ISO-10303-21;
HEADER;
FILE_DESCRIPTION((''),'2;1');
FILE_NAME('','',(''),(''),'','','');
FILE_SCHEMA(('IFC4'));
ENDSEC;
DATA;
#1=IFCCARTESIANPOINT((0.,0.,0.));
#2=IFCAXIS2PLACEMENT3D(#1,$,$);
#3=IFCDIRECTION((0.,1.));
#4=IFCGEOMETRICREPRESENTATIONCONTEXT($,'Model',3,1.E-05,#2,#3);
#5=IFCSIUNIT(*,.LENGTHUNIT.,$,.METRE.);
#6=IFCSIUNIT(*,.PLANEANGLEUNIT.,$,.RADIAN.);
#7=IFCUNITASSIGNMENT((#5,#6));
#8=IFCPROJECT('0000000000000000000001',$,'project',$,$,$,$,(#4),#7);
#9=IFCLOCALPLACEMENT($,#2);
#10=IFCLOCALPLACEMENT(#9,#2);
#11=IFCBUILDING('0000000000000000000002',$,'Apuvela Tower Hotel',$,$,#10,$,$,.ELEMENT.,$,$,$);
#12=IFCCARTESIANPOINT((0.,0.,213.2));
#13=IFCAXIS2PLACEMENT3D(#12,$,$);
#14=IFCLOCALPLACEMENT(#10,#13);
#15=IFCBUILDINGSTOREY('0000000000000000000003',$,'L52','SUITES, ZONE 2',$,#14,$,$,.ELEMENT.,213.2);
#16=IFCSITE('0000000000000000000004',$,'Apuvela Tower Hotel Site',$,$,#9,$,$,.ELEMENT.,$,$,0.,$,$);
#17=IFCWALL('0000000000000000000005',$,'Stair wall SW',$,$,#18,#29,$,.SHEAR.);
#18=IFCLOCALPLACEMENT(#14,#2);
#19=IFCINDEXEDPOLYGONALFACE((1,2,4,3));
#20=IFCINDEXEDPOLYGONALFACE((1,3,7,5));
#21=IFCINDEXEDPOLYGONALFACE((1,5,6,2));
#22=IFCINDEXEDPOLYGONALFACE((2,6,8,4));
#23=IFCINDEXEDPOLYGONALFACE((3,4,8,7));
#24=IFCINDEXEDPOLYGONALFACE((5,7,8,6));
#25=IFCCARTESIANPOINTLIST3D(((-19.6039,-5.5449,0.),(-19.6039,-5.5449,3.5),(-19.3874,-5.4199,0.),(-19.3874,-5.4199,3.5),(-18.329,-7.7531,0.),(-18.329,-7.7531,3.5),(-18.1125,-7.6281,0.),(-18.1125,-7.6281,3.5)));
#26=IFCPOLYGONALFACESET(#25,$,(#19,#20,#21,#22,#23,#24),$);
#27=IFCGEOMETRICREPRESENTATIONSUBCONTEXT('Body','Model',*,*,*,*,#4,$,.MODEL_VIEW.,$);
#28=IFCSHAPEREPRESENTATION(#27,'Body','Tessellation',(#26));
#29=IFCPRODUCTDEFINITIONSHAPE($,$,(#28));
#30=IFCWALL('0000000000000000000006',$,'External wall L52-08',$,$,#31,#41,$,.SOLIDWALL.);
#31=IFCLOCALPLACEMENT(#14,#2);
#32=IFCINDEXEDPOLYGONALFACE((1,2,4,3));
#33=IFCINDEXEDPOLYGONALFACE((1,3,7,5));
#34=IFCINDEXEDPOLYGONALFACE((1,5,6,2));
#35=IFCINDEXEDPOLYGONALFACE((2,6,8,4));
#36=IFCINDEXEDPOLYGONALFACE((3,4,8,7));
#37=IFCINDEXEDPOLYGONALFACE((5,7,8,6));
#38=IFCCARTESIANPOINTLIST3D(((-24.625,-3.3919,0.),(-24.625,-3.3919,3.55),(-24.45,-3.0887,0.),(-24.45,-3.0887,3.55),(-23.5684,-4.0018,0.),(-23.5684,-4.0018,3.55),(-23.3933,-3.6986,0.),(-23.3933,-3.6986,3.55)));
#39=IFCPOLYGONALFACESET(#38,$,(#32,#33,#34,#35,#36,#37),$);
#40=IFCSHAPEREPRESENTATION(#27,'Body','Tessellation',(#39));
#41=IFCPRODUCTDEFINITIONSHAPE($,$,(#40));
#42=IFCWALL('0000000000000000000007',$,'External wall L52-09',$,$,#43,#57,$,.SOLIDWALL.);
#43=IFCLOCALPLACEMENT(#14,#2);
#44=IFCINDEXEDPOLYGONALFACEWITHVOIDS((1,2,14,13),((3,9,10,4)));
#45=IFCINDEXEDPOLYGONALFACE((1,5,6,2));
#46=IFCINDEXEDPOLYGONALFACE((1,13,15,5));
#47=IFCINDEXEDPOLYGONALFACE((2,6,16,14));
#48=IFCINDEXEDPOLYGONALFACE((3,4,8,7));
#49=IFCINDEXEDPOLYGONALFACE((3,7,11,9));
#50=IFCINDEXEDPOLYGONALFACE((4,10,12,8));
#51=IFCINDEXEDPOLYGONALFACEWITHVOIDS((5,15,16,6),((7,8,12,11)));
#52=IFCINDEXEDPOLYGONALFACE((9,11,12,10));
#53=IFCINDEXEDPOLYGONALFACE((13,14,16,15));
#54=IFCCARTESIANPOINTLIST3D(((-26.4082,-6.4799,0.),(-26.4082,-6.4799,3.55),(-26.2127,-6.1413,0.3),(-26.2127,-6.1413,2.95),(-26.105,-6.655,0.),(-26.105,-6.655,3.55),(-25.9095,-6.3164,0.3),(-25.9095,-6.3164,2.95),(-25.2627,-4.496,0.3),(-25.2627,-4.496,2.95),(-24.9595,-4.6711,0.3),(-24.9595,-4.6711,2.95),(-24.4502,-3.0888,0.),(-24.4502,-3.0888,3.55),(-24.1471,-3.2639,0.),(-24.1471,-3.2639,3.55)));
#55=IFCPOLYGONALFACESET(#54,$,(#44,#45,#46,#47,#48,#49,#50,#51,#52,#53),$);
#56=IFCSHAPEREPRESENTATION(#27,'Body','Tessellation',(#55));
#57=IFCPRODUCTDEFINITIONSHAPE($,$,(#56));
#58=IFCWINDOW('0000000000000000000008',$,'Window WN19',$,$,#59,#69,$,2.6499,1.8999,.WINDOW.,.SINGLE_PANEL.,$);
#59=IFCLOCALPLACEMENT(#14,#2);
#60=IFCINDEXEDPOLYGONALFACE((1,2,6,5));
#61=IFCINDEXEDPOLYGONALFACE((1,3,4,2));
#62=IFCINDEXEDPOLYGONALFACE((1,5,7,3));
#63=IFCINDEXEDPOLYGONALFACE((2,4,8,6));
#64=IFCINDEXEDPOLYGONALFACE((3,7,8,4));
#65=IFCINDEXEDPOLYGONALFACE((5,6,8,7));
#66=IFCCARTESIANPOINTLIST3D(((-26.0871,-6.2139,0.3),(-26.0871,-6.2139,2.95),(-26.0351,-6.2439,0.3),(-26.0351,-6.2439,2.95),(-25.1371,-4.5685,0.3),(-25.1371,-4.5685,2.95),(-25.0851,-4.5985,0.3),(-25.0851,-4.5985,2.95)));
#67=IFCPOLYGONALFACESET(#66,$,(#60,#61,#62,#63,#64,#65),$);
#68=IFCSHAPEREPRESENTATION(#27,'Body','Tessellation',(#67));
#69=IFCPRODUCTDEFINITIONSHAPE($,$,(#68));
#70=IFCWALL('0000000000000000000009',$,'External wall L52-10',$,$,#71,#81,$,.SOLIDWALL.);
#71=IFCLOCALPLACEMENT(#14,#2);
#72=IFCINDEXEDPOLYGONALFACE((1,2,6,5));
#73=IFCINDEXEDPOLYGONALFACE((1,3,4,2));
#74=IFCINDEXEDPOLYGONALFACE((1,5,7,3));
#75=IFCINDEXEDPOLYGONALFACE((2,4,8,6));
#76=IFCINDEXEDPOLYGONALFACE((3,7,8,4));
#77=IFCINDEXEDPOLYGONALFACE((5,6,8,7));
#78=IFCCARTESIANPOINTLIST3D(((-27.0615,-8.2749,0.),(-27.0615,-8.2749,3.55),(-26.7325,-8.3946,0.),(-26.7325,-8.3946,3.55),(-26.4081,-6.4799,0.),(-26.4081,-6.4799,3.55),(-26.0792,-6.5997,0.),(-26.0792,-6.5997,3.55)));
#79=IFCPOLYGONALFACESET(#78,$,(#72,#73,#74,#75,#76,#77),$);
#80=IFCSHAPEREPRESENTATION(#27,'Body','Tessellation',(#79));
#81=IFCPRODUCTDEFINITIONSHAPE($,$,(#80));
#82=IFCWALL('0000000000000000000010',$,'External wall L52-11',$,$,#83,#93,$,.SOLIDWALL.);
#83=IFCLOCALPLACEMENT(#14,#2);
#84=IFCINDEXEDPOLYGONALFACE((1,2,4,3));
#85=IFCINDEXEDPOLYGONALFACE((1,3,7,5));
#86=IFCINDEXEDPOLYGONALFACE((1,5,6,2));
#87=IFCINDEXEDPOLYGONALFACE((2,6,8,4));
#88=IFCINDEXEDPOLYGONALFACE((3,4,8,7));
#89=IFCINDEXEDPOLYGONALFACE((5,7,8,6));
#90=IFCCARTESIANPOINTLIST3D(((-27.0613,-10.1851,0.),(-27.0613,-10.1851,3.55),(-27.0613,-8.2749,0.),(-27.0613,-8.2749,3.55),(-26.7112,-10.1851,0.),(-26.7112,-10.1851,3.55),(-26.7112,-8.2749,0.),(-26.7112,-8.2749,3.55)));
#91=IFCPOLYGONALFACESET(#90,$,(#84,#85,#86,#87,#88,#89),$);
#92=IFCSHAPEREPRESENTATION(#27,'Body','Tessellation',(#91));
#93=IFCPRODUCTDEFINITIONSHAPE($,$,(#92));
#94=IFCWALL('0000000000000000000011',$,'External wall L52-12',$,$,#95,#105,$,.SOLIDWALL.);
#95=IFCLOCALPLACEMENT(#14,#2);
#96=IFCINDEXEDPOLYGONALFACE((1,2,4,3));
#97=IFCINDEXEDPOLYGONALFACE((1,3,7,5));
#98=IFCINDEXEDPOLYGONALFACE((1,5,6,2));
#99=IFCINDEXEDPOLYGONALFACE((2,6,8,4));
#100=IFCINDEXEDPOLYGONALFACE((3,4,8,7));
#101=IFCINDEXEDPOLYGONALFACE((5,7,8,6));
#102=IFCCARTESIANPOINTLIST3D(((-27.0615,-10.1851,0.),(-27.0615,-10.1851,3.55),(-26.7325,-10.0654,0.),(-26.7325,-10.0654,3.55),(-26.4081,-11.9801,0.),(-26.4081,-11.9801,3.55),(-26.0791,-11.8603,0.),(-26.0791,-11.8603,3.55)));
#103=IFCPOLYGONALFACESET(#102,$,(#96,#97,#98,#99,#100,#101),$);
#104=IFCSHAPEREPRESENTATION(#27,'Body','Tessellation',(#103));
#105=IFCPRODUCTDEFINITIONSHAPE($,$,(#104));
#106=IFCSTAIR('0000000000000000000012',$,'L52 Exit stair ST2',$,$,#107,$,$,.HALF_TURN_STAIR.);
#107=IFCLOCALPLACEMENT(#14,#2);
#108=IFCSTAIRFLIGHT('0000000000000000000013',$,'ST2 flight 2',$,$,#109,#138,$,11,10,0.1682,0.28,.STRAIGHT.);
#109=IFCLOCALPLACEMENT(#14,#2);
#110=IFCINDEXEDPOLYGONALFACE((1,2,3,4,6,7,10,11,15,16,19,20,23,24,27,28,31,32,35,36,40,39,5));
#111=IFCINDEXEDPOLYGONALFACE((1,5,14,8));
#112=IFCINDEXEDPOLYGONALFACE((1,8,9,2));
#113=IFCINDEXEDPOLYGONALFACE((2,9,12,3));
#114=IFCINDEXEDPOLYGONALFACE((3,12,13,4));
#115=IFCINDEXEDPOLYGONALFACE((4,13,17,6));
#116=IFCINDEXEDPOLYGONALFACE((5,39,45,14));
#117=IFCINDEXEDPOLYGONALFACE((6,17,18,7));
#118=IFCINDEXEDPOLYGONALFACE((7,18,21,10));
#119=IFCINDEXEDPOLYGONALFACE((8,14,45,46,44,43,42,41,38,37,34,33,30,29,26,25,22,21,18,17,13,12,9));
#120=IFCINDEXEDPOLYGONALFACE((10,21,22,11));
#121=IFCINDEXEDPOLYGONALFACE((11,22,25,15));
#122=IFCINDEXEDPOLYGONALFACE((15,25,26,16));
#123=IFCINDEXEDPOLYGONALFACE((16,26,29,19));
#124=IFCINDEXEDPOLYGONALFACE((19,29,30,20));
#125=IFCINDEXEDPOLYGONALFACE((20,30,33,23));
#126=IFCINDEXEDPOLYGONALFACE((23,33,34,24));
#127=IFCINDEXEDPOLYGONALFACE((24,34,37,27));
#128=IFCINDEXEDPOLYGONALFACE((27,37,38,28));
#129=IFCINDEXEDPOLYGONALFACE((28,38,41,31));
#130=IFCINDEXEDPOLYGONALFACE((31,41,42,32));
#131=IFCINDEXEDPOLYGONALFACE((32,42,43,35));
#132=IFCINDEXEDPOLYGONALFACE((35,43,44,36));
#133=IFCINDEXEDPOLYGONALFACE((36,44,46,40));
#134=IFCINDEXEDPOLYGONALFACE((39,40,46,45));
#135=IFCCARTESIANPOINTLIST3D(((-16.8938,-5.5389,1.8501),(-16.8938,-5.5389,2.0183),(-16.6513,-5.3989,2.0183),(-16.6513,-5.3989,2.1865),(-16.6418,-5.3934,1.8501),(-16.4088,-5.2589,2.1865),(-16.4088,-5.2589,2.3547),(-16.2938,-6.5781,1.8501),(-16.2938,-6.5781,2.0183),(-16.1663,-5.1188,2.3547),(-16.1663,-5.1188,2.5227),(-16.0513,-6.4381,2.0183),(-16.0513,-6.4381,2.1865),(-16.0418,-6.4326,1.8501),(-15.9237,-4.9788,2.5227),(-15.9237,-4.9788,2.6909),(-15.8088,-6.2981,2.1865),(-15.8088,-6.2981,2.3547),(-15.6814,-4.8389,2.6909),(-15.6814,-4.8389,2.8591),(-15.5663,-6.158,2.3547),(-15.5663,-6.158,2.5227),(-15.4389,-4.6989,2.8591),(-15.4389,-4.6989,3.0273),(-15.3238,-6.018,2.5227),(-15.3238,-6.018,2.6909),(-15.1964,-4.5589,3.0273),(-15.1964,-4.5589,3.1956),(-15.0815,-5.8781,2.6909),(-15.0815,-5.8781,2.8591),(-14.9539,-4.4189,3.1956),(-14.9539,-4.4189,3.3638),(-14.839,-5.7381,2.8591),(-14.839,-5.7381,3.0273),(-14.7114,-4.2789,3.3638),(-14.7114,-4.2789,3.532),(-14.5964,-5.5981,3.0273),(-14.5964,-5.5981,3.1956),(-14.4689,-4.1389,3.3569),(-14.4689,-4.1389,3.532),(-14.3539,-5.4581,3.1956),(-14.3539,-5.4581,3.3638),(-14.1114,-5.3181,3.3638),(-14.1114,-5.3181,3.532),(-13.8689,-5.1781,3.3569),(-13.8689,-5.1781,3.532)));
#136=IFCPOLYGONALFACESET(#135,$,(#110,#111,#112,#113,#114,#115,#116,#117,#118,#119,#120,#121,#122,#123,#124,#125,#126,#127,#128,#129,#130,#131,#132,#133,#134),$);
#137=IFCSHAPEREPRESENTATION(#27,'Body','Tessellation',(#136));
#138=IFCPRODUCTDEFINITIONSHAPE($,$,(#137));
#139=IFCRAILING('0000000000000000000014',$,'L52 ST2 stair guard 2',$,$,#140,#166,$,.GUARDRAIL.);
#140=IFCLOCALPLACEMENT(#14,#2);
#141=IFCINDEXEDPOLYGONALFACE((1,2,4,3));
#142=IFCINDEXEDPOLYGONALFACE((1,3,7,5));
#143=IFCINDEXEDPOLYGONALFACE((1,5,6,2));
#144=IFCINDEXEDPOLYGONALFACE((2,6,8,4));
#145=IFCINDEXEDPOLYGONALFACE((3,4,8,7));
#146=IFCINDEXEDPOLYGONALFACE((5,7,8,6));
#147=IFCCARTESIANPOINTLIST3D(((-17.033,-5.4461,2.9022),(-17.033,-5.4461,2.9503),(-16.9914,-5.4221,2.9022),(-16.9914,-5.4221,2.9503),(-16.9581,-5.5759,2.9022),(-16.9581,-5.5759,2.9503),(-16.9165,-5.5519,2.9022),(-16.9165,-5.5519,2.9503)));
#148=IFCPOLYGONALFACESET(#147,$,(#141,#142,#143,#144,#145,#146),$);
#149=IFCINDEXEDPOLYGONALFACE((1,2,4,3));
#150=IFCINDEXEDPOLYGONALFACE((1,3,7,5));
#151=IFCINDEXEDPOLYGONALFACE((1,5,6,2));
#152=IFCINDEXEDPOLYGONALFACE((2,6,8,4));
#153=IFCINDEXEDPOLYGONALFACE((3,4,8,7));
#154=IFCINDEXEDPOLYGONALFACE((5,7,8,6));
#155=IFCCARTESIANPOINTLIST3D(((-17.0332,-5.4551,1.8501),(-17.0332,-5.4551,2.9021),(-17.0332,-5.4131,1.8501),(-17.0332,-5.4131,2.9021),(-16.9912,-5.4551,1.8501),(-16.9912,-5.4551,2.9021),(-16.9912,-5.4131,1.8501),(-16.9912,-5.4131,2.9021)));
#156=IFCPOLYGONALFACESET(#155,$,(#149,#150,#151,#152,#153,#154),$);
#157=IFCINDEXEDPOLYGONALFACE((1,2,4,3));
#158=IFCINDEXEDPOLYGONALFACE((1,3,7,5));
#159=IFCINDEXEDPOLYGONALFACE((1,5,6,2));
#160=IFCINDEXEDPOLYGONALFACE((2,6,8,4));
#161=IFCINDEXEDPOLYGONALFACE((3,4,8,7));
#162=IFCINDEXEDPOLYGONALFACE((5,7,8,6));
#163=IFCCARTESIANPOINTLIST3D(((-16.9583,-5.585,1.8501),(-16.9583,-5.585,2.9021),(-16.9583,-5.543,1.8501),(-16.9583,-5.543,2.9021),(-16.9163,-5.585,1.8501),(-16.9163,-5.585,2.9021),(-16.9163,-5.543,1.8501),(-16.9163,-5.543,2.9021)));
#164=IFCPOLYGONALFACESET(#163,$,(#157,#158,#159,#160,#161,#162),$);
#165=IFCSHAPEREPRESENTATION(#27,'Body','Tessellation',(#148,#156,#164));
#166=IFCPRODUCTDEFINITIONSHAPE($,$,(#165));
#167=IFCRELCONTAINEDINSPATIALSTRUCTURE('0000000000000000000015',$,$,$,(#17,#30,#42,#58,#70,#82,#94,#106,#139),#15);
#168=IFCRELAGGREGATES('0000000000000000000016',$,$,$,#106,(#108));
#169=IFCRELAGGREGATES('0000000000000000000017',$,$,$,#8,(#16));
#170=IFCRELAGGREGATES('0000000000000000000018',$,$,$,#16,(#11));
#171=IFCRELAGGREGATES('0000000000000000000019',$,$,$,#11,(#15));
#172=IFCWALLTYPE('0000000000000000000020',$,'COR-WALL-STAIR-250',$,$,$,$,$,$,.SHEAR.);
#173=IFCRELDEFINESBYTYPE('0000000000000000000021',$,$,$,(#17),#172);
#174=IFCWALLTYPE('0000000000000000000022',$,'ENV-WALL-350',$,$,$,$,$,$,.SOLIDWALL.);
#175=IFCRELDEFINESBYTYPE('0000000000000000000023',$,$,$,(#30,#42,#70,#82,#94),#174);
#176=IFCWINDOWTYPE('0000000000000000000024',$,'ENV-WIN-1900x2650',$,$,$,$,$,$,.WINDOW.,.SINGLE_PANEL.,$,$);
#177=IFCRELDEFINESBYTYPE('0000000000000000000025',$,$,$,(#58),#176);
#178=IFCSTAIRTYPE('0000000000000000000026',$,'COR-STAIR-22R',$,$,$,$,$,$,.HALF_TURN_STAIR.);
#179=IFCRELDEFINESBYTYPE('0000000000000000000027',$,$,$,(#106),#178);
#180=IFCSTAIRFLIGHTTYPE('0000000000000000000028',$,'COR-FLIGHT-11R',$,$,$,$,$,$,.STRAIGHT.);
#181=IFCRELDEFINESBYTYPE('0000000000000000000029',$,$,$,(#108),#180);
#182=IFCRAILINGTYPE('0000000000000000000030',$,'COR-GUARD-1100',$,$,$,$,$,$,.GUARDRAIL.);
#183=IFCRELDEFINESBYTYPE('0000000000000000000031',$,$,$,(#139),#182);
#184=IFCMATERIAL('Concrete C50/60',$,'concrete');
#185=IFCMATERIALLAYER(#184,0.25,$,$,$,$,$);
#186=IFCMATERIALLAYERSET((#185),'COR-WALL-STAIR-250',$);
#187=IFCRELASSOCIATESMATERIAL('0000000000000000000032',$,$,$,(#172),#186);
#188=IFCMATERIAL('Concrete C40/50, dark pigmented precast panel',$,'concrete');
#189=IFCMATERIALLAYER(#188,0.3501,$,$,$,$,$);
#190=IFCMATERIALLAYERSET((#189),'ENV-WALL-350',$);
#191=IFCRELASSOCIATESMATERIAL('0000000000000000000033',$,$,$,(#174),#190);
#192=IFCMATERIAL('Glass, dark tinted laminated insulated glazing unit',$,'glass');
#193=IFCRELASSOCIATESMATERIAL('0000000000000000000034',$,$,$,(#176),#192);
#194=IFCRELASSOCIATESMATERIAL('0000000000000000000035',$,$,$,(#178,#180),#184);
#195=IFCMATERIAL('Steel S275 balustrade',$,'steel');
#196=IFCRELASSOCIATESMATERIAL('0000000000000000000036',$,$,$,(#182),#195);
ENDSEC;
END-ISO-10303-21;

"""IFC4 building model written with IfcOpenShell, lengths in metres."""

from ifc_helpers import new_model, si_unit, direction, frame, frame_2d, origin, origin_2d, place, context, subcontext, project, spatial, polyline, rectangle, outline, extrude, material, layer, layer_set, type_object, element, fill, aggregate, save


model = new_model("IFC4")

# Units and contexts
model_context = context("Model", 3, precision=1e-05, world=origin(), true_north=direction((0.0, 1.0)))
body_context = subcontext(model_context, "Body", "Model", "MODEL_VIEW")
ifc_project = project(units=[si_unit("LENGTHUNIT", "METRE"), si_unit("PLANEANGLEUNIT", "RADIAN")], contexts=[model_context])

# Site, building, storey
site_placement = place(None, origin())
site = spatial("IfcSite", under=ifc_project, at=site_placement, Name="Apuvela Tower Hotel Site", CompositionType="ELEMENT", RefElevation=0.0)
building_placement = place(site_placement, origin())
building = spatial("IfcBuilding", under=site, at=building_placement, Name="Apuvela Tower Hotel", CompositionType="ELEMENT")
storey_placement = place(building_placement, frame((0.0, 0.0, 213.2)))
storey = spatial("IfcBuildingStorey", under=building, at=storey_placement, Name="L52", Description="SUITES, ZONE 2", CompositionType="ELEMENT", Elevation=213.2)

# Walls
ifc_material_1 = material(Name="Concrete C50/60", Category="concrete")
ifc_layer_1 = layer(ifc_material_1, 0.25)
ifc_layer_set_1 = layer_set([ifc_layer_1], Name="COR-WALL-STAIR-250")
wall_type_1 = type_object("IfcWallType", Name="COR-WALL-STAIR-250", PredefinedType="SHEAR", material=ifc_layer_set_1)
wall_1_placement = place(storey_placement, frame((-19.4956, -5.4824, 0.0), z_axis=(0.0, 0.0, 1.0), x_axis=(0.49999, -0.866031, 0.0)))
element("IfcWall", 1, at=wall_1_placement, inside=storey, type_object=wall_type_1, Name="Stair wall SW", PredefinedType="SHEAR", context=body_context, shape_type="SweptSolid", body=[
    extrude(rectangle(XDim=2.5498, YDim=0.25, at=frame_2d((1.2749, 0.0))), origin(), (0.0, 0.0, 1.0), 3.5),
])
ifc_material_2 = material(Name="Concrete C40/50, dark pigmented precast panel", Category="concrete")
ifc_layer_2 = layer(ifc_material_2, 0.3501)
ifc_layer_set_2 = layer_set([ifc_layer_2], Name="ENV-WALL-350")
wall_type_2 = type_object("IfcWallType", Name="ENV-WALL-350", PredefinedType="SOLIDWALL", material=ifc_layer_set_2)
wall_2_placement = place(storey_placement, frame((-23.481, -3.8501, 0.0), z_axis=(0.0, 0.0, 1.0), x_axis=(-0.866092, 0.499884, 0.0)))
element("IfcWall", 2, at=wall_2_placement, inside=storey, type_object=wall_type_2, Name="External wall L52-08", PredefinedType="SOLIDWALL", context=body_context, shape_type="SweptSolid", body=[
    extrude(rectangle(XDim=1.22, YDim=0.3501, at=frame_2d((0.6099, 0.0))), origin(), (0.0, 0.0, 1.0), 3.55),
])

# Wall, opening, window
wall_3_placement = place(storey_placement, frame((-24.2986, -3.1763, 0.0), z_axis=(0.0, 0.0, 1.0), x_axis=(-0.500028, -0.866009, 0.0)))
wall_3 = element("IfcWall", 3, at=wall_3_placement, inside=storey, type_object=wall_type_2, Name="External wall L52-09", PredefinedType="SOLIDWALL", context=body_context, shape_type="SweptSolid", body=[
    extrude(rectangle(XDim=3.9158, YDim=0.3501, at=frame_2d((1.958, 0.0))), origin(), (0.0, 0.0, 1.0), 3.55),
])
opening_1_placement = place(wall_3_placement, frame((1.625, 0.0, 0.3)))
opening_1 = element("IfcOpeningElement", 4, at=opening_1_placement, cuts=wall_3, PredefinedType="OPENING", context=body_context, shape_type="SweptSolid", body=[
    extrude(rectangle(XDim=1.8999, YDim=2.6499, at=frame_2d((0.95, 1.325))), frame((0.0, 0.1851, 0.0), z_axis=(0.0, -1.0, 0.0), x_axis=(1.0, 0.0, 0.0)), (0.0, 0.0, 1.0), 0.3701),
])
ifc_material_3 = material(Name="Glass, dark tinted laminated insulated glazing unit", Category="glass")
window_type = type_object("IfcWindowType", Name="ENV-WIN-1900x2650", PartitioningType="SINGLE_PANEL", PredefinedType="WINDOW", material=ifc_material_3)
window_placement = place(opening_1_placement, origin())
window = element("IfcWindow", 5, at=window_placement, inside=storey, type_object=window_type, Name="Window WN19", OverallHeight=2.6499, OverallWidth=1.8999, PartitioningType="SINGLE_PANEL", PredefinedType="WINDOW", context=body_context, shape_type="SweptSolid", body=[
    extrude(rectangle(XDim=1.8999, YDim=2.6499, at=frame_2d((0.95, 1.325))), frame((0.0, 0.03, 0.0), z_axis=(0.0, -1.0, 0.0), x_axis=(1.0, 0.0, 0.0)), (0.0, 0.0, 1.0), 0.0601),
])
fill(opening_1, window)

# Walls
for number, where, z_axis, x_axis, name in (
    (6, (-26.2437, -6.5398, 0.0), (0.0, 0.0, 1.0), (-0.34203, -0.939689, 0.0), "External wall L52-10"),
    (7, (-26.8862, -8.2749, 0.0), (0.0, 0.0, 1.0), (0.0, -1.0, 0.0), "External wall L52-11"),
    (8, (-26.897, -10.1252, 0.0), (0.0, 0.0, 1.0), (0.34203, -0.939689, 0.0), "External wall L52-12"),
):
    element("IfcWall", number, at=place(storey_placement, frame(where, z_axis=z_axis, x_axis=x_axis)), inside=storey, type_object=wall_type_2, Name=name, PredefinedType="SOLIDWALL", context=body_context, shape_type="SweptSolid", body=[
        extrude(rectangle(XDim=1.9102, YDim=0.3501, at=frame_2d((0.9551, 0.0))), origin(), (0.0, 0.0, 1.0), 3.55),
    ])

# Stair, stair flight
stair_type = type_object("IfcStairType", Name="COR-STAIR-22R", PredefinedType="HALF_TURN_STAIR", material=ifc_material_1)
stair_placement = place(storey_placement, origin())
stair = element("IfcStair", 9, at=stair_placement, inside=storey, type_object=stair_type, Name="L52 Exit stair ST2", PredefinedType="HALF_TURN_STAIR")
stair_flight_type = type_object("IfcStairFlightType", Name="COR-FLIGHT-11R", PredefinedType="STRAIGHT", material=ifc_material_1)
stair_flight_placement = place(storey_placement, frame((-16.5938, -6.0586, 1.8501), z_axis=(0.0, 0.0, 1.0), x_axis=(0.866025, 0.5, 0.0)))
stair_flight = element("IfcStairFlight", 10, at=stair_flight_placement, type_object=stair_flight_type, Name="ST2 flight 2", NumberOfRisers=11, NumberOfTreads=10, PredefinedType="STRAIGHT", RiserHeight=0.1682, TreadLength=0.28, context=body_context, shape_type="SweptSolid", body=[
    extrude(outline(polyline([(0.0, 0.0), (0.0, 0.1682), (0.28, 0.1682), (0.28, 0.3364), (0.5601, 0.3364), (0.5601, 0.5046), (0.8401, 0.5046), (0.8401, 0.6726), (1.1201, 0.6726), (1.1201, 0.8408), (1.3999, 0.8408), (1.3999, 1.009), (1.6799, 1.009), (1.6799, 1.1772), (1.96, 1.1772), (1.96, 1.3455), (2.24, 1.3455), (2.24, 1.5137), (2.52, 1.5137), (2.52, 1.6819), (2.8, 1.6819), (2.8, 1.8501), (2.8, 1.5068), (0.291, 0.0), (0.0, 0.0)])), frame((0.0, 0.6001, 0.0), z_axis=(0.0, -1.0, 0.0), x_axis=(1.0, 0.0, 0.0)), (0.0, 0.0, 1.0), 1.2),
])
aggregate(stair, [stair_flight])

# Railing
ifc_material_4 = material(Name="Steel S275 balustrade", Category="steel")
railing_type_1 = type_object("IfcRailingType", Name="COR-GUARD-1100", PredefinedType="GUARDRAIL", material=ifc_material_4)
railing_1_placement = place(storey_placement, frame((-17.0122, -5.4341, 1.8501)))
element("IfcRailing", 11, at=railing_1_placement, inside=storey, type_object=railing_type_1, Name="L52 ST2 stair guard 2", PredefinedType="GUARDRAIL", context=body_context, shape_type="SweptSolid", body=[
    extrude(rectangle(XDim=0.0481, YDim=0.0481, at=origin_2d()), frame((0.0, 0.0, 1.0762), z_axis=(0.499816, -0.866131, 0.0), x_axis=(0.866131, 0.499816, 0.0)), (0.0, 0.0, 1.0), 0.1499),
    extrude(rectangle(XDim=0.042, YDim=0.042, at=origin_2d()), origin(), (0.0, 0.0, 1.0), 1.052),
    extrude(rectangle(XDim=0.042, YDim=0.042, at=origin_2d()), frame((0.075, -0.1299, 0.0)), (0.0, 0.0, 1.0), 1.052),
])

save(model, "model.ifc")
